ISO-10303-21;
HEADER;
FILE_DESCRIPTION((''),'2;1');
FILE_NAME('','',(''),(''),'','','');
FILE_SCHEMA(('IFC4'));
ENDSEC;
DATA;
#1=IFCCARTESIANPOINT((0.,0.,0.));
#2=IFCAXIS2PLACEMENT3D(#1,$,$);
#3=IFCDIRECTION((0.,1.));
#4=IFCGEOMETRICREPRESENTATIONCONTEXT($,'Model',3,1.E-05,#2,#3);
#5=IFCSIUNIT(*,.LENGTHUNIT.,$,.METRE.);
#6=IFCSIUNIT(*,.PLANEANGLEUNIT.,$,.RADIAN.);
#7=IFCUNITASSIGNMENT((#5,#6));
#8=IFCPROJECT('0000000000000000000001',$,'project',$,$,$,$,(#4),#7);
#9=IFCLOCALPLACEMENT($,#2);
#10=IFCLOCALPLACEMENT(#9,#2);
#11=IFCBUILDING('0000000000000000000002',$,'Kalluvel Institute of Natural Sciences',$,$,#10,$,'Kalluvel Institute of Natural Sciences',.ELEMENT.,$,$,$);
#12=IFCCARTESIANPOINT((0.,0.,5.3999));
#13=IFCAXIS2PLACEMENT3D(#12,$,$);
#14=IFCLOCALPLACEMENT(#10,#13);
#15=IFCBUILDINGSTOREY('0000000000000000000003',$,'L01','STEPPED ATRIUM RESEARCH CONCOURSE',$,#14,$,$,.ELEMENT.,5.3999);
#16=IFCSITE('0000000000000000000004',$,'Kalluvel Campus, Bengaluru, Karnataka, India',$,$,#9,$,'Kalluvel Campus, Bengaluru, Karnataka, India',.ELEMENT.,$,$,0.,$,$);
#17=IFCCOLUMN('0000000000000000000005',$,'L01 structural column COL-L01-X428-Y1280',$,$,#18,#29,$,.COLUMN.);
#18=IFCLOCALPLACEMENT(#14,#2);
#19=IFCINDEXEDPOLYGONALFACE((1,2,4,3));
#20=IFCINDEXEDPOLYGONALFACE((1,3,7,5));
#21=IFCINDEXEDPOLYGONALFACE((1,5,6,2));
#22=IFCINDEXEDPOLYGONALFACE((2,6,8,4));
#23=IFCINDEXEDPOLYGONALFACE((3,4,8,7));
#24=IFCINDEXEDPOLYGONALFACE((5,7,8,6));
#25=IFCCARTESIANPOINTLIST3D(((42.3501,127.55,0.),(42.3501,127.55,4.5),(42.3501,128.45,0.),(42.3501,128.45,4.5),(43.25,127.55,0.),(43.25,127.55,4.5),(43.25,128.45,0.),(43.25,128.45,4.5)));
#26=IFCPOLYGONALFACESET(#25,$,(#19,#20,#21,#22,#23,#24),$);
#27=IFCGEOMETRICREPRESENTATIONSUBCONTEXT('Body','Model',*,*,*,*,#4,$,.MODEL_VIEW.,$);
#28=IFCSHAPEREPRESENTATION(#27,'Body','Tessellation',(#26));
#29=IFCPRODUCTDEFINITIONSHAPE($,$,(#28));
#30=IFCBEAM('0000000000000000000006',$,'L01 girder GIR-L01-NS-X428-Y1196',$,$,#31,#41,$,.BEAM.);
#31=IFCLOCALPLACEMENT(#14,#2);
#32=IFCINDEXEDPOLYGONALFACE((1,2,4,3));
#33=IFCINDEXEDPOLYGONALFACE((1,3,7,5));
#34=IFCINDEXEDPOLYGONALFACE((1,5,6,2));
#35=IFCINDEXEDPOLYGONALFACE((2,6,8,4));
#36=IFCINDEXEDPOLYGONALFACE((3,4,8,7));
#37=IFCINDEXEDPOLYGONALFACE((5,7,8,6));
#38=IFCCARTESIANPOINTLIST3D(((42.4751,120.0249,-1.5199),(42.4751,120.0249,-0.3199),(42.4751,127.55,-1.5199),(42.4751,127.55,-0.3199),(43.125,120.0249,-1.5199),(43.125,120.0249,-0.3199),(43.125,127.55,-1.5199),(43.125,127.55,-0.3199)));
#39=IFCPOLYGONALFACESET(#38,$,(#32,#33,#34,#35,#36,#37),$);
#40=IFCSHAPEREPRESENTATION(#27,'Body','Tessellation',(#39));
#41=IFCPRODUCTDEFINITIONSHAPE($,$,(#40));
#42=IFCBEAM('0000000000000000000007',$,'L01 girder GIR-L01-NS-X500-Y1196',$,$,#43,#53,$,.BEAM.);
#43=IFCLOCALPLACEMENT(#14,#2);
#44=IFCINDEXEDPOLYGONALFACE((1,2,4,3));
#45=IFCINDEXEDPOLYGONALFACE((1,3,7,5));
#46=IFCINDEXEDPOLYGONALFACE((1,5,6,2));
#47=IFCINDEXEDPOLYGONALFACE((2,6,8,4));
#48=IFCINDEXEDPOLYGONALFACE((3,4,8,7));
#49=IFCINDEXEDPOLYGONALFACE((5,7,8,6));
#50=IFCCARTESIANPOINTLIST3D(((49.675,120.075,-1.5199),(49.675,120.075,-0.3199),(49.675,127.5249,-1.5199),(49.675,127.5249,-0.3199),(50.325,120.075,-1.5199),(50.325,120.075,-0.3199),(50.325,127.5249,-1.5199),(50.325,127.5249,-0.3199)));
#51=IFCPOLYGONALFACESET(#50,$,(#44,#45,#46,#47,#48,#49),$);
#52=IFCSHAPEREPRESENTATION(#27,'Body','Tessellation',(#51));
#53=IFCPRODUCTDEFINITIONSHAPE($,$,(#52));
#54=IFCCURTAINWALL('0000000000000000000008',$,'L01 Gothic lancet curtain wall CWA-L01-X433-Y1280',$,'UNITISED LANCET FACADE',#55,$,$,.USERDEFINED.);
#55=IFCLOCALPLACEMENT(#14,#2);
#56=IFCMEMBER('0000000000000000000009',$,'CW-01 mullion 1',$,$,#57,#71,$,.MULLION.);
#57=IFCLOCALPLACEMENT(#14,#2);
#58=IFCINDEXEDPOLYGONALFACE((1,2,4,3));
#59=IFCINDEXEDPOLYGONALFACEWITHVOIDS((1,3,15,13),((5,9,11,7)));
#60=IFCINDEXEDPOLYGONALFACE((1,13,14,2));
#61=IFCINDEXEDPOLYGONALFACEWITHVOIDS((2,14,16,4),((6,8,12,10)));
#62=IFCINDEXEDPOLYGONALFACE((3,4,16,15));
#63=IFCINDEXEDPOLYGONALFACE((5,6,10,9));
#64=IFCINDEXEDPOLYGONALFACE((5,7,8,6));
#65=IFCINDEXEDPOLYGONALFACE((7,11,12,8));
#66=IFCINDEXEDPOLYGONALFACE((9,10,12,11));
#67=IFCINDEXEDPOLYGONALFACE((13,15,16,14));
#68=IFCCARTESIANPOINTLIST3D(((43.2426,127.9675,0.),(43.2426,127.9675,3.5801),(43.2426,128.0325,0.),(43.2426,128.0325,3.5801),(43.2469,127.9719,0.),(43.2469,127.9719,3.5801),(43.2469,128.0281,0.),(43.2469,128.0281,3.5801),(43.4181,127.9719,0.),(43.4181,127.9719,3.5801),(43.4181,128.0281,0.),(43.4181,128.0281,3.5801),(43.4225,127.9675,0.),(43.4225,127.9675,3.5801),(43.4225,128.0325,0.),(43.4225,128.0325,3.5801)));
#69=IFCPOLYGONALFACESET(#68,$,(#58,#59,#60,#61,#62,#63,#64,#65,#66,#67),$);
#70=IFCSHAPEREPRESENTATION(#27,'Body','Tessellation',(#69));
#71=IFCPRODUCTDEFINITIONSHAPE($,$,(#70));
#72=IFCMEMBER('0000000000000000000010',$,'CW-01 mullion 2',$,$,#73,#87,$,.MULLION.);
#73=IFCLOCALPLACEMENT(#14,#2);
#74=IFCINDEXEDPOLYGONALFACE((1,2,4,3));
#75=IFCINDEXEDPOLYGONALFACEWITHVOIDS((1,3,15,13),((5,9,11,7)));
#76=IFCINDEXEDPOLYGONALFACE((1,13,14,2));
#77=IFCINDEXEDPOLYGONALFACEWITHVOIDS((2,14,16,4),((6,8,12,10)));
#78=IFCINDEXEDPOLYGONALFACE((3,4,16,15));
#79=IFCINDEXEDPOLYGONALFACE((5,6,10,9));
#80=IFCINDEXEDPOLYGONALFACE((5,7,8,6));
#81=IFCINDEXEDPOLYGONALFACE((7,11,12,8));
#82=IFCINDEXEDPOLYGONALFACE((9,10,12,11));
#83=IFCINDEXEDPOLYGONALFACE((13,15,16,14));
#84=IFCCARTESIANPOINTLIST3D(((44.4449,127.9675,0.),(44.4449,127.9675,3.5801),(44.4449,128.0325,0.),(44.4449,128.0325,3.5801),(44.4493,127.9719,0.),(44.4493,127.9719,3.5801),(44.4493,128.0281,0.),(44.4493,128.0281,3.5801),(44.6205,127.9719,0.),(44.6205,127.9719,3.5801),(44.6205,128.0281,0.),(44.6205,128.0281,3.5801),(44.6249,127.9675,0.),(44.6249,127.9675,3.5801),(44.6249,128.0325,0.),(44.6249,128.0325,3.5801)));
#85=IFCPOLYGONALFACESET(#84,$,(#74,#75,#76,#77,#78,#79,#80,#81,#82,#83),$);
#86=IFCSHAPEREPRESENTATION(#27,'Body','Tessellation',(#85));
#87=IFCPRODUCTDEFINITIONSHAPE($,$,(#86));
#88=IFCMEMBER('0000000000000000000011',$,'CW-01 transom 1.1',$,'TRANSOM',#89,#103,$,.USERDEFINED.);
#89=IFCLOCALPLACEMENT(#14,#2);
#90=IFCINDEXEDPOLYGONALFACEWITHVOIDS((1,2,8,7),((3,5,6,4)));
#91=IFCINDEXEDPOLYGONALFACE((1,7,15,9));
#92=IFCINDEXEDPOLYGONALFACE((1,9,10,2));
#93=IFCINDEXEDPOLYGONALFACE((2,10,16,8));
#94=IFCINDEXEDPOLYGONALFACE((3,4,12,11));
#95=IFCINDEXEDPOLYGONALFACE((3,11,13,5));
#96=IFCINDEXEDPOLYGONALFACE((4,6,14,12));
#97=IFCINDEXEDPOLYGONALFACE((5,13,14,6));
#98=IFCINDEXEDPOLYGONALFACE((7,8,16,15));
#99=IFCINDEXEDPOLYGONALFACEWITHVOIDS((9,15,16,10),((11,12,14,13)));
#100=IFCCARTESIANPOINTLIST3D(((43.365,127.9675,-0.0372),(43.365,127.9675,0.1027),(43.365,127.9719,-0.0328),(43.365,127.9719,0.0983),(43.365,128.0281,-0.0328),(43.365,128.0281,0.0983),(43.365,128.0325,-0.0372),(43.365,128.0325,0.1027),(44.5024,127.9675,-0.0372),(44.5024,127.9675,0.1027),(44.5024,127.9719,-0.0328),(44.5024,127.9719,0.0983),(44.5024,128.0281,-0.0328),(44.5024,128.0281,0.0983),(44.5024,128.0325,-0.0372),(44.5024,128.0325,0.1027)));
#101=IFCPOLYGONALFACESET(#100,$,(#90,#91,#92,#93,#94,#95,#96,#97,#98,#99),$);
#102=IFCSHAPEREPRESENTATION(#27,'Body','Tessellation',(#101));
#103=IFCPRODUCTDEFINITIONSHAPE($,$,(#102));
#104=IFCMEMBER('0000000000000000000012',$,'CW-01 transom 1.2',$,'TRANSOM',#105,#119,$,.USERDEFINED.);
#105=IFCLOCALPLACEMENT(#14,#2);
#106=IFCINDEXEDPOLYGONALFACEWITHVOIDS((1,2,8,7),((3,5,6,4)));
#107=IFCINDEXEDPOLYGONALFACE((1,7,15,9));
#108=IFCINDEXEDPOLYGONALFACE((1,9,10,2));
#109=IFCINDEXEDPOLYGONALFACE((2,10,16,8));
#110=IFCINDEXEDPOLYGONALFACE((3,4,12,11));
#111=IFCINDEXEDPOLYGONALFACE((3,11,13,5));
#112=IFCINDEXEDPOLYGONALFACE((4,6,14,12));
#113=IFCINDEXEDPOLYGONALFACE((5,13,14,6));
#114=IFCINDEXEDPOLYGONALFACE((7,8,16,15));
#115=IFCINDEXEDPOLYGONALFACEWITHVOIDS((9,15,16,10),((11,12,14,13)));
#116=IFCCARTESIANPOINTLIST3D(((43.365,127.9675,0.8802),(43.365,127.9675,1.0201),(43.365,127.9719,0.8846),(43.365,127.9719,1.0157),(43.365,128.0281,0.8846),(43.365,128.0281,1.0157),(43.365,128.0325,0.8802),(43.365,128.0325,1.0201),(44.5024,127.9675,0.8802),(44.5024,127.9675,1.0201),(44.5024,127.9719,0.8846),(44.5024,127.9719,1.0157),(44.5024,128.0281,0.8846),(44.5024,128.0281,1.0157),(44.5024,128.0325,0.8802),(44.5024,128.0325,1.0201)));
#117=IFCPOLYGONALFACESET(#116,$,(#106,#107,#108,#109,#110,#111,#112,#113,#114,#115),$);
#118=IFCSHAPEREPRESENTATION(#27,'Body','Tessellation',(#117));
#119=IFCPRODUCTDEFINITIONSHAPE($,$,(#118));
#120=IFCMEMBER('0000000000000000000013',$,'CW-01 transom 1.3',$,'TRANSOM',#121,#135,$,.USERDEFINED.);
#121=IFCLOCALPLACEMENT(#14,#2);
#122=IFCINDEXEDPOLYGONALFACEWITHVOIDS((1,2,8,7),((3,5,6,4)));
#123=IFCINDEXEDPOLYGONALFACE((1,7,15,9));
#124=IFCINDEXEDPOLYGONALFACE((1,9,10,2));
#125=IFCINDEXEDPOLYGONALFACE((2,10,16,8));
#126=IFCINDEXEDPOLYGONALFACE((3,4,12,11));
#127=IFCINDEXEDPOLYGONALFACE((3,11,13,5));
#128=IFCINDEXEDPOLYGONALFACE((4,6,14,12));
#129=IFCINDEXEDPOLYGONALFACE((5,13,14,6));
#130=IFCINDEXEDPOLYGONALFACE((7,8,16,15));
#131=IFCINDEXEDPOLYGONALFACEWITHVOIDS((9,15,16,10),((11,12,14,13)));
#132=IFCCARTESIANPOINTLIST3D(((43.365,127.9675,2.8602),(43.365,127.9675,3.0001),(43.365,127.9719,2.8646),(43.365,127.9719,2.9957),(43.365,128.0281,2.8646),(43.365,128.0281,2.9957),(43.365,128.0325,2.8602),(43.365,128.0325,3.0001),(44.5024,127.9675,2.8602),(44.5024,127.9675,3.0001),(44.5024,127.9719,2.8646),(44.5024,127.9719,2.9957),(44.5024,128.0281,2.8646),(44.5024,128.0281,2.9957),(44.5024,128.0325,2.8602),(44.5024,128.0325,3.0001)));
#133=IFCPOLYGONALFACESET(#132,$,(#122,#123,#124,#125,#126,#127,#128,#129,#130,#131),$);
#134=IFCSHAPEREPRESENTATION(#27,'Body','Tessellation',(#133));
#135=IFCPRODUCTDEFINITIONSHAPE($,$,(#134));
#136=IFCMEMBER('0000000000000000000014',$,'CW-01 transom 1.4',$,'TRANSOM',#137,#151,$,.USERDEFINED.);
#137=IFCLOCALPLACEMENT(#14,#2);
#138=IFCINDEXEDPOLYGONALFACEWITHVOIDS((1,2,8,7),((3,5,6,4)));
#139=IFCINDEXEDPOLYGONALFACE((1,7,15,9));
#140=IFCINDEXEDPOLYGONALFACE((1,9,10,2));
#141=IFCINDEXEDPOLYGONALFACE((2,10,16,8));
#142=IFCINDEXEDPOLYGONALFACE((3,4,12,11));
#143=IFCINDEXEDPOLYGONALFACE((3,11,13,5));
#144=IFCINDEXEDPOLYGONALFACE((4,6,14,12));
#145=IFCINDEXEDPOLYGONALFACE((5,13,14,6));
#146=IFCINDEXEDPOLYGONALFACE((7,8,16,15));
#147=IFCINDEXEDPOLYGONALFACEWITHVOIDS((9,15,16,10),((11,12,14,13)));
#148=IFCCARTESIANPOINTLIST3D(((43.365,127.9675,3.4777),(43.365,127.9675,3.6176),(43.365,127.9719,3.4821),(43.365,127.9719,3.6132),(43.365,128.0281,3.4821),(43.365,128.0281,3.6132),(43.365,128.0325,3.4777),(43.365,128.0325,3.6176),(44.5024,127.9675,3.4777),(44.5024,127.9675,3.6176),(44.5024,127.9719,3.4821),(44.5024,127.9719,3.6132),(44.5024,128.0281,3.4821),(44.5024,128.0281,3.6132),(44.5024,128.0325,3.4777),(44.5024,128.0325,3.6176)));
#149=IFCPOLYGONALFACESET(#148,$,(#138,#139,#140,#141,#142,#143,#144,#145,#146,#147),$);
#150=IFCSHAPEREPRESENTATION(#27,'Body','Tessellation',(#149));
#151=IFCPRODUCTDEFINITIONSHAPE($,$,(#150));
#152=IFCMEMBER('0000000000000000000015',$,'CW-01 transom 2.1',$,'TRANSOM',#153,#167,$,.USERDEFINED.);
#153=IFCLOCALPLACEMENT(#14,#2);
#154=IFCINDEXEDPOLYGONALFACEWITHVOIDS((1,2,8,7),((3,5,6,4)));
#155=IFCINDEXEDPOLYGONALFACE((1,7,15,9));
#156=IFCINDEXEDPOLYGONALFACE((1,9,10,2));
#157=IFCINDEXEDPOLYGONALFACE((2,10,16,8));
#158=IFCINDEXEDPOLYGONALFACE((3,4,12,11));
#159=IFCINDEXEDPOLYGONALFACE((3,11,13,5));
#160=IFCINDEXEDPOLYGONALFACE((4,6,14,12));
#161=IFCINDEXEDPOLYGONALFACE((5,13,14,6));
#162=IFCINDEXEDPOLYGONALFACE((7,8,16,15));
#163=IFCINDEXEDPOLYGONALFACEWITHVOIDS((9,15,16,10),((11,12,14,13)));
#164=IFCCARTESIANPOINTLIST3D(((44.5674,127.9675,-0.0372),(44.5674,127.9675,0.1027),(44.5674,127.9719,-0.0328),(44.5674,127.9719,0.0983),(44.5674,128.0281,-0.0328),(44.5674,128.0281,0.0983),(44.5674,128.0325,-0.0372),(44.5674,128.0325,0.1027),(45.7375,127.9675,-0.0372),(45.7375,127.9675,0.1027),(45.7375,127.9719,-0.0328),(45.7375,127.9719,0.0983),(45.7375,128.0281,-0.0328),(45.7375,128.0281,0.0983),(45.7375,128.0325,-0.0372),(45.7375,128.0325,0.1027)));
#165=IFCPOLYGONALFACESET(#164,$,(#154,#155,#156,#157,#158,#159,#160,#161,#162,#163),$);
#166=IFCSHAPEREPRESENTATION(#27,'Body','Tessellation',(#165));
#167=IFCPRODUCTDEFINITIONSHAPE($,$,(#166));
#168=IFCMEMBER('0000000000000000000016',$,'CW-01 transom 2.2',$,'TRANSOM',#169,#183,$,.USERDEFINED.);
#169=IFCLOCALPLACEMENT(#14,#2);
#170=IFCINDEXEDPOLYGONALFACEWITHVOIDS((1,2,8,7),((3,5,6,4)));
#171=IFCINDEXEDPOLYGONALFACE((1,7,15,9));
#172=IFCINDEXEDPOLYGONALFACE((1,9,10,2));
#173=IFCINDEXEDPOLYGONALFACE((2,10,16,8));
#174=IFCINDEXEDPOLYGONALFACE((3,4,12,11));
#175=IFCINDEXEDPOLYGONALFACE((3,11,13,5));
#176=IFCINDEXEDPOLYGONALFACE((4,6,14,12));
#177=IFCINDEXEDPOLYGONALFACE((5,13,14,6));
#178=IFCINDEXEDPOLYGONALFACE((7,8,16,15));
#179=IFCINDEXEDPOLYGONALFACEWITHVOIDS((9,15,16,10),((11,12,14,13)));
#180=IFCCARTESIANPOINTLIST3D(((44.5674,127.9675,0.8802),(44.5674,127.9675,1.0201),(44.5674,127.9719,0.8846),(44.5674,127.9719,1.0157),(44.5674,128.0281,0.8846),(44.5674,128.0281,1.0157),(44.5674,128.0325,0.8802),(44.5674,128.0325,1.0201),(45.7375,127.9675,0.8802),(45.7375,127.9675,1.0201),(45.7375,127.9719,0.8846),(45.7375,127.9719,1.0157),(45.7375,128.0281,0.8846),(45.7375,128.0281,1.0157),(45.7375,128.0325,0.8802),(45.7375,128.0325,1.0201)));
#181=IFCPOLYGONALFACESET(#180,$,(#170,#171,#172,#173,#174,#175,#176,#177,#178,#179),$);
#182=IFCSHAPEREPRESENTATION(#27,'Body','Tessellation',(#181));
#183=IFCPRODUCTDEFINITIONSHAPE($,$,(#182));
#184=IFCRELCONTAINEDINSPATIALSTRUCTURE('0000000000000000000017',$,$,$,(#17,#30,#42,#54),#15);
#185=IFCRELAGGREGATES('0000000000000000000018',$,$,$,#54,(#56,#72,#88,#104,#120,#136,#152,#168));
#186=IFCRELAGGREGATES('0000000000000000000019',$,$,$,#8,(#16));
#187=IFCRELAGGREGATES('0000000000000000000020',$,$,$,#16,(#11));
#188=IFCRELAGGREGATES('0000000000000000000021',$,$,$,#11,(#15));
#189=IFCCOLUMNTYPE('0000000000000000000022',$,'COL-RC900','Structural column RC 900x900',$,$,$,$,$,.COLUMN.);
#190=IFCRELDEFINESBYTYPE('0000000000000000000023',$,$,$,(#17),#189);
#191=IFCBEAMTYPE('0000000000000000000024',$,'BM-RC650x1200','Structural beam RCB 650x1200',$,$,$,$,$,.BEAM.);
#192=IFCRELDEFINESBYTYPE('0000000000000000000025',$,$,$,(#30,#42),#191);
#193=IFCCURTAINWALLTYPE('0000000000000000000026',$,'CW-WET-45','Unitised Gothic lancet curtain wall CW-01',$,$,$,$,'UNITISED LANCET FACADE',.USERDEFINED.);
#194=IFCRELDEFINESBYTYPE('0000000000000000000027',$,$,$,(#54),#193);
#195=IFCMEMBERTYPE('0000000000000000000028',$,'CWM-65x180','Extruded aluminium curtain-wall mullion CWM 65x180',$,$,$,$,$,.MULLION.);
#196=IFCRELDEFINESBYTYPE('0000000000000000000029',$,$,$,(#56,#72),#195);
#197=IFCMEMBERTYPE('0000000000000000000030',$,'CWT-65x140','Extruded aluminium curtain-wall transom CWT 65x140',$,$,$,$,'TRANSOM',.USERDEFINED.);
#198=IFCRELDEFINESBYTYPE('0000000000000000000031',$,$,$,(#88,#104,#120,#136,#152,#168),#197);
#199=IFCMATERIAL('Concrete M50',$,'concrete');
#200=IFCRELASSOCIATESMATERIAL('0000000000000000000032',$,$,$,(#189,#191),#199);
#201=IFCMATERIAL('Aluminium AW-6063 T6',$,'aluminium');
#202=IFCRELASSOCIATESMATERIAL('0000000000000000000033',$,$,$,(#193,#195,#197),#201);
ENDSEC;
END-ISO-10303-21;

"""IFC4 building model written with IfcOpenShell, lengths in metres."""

from ifc_helpers import new_model, si_unit, direction, frame, origin, origin_2d, place, context, subcontext, project, spatial, rectangle, hollow_rectangle, extrude, material, material_profile, profile_set, type_object, element, aggregate, save


model = new_model("IFC4")

# Units and contexts
model_context = context("Model", 3, precision=1e-05, world=origin(), true_north=direction((0.0, 1.0)))
body_context = subcontext(model_context, "Body", "Model", "MODEL_VIEW")
ifc_project = project(units=[si_unit("LENGTHUNIT", "METRE"), si_unit("PLANEANGLEUNIT", "RADIAN")], contexts=[model_context])

# Site, building, storey
site_placement = place(None, origin())
site = spatial("IfcSite", under=ifc_project, at=site_placement, Name="Kalluvel Campus, Bengaluru, Karnataka, India", LongName="Kalluvel Campus, Bengaluru, Karnataka, India", CompositionType="ELEMENT", RefElevation=0.0)
building_placement = place(site_placement, origin())
building = spatial("IfcBuilding", under=site, at=building_placement, Name="Kalluvel Institute of Natural Sciences", LongName="Kalluvel Institute of Natural Sciences", CompositionType="ELEMENT")
storey_placement = place(building_placement, frame((0.0, 0.0, 5.3999)))
storey = spatial("IfcBuildingStorey", under=building, at=storey_placement, Name="L01", Description="STEPPED ATRIUM RESEARCH CONCOURSE", CompositionType="ELEMENT", Elevation=5.3999)

# Column
ifc_material_1 = material(Name="Concrete M50", Category="concrete")
ifc_material_profile_1 = material_profile(ifc_material_1, rectangle(XDim=0.8999, YDim=0.8999, at=origin_2d()), Name="RC 900x900")
ifc_profile_set_1 = profile_set([ifc_material_profile_1], Name="Concrete M50")
column_type = type_object("IfcColumnType", Name="COL-RC900", Description="Structural column RC 900x900", PredefinedType="COLUMN", material=ifc_profile_set_1)
column_placement = place(storey_placement, frame((42.8, 128.0, 0.0), z_axis=(0.0, 0.0, 1.0), x_axis=(1.0, 0.0, 0.0)))
element("IfcColumn", 1, at=column_placement, inside=storey, type_object=column_type, Name="L01 structural column COL-L01-X428-Y1280", PredefinedType="COLUMN", context=body_context, shape_type="SweptSolid", body=[
    extrude(rectangle(XDim=0.8999, YDim=0.8999, at=origin_2d()), origin(), (0.0, 0.0, 1.0), 4.5),
])

# Beams
ifc_material_profile_2 = material_profile(ifc_material_1, rectangle(XDim=0.6499, YDim=1.2, at=origin_2d()), Name="RCB 650x1200")
ifc_profile_set_2 = profile_set([ifc_material_profile_2], Name="Concrete M50")
beam_type_1 = type_object("IfcBeamType", Name="BM-RC650x1200", Description="Structural beam RCB 650x1200", PredefinedType="BEAM", material=ifc_profile_set_2)
beam_1_placement = place(storey_placement, frame((42.8, 120.0249, -0.9199), z_axis=(0.0, 1.0, 0.0), x_axis=(-1.0, 0.0, 0.0)))
element("IfcBeam", 2, at=beam_1_placement, inside=storey, type_object=beam_type_1, Name="L01 girder GIR-L01-NS-X428-Y1196", PredefinedType="BEAM", context=body_context, shape_type="SweptSolid", body=[
    extrude(rectangle(XDim=0.6499, YDim=1.2, at=origin_2d()), origin(), (0.0, 0.0, 1.0), 7.5251),
])
beam_2_placement = place(storey_placement, frame((50.0, 120.075, -0.9199), z_axis=(0.0, 1.0, 0.0), x_axis=(-1.0, 0.0, 0.0)))
element("IfcBeam", 3, at=beam_2_placement, inside=storey, type_object=beam_type_1, Name="L01 girder GIR-L01-NS-X500-Y1196", PredefinedType="BEAM", context=body_context, shape_type="SweptSolid", body=[
    extrude(rectangle(XDim=0.6499, YDim=1.2, at=origin_2d()), origin(), (0.0, 0.0, 1.0), 7.45),
])

# Curtain wall, members
ifc_material_2 = material(Name="Aluminium AW-6063 T6", Category="aluminium")
curtain_wall_type = type_object("IfcCurtainWallType", Name="CW-WET-45", Description="Unitised Gothic lancet curtain wall CW-01", ElementType="UNITISED LANCET FACADE", PredefinedType="USERDEFINED", material=ifc_material_2)
curtain_wall_placement = place(storey_placement, origin())
curtain_wall = element("IfcCurtainWall", 4, at=curtain_wall_placement, inside=storey, type_object=curtain_wall_type, Name="L01 Gothic lancet curtain wall CWA-L01-X433-Y1280", ObjectType="UNITISED LANCET FACADE", PredefinedType="USERDEFINED")
ifc_material_profile_3 = material_profile(ifc_material_2, hollow_rectangle(XDim=0.0649, YDim=0.1799, WallThickness=0.0044, at=origin_2d()), Name="CWM 65x180")
ifc_profile_set_3 = profile_set([ifc_material_profile_3], Name="Aluminium AW-6063 T6")
member_type_1 = type_object("IfcMemberType", Name="CWM-65x180", Description="Extruded aluminium curtain-wall mullion CWM 65x180", PredefinedType="MULLION", material=ifc_profile_set_3)
member_1_placement = place(storey_placement, frame((43.3325, 128.0, 0.0), z_axis=(0.0, 0.0, 1.0), x_axis=(0.0, 1.0, 0.0)))
member_1 = element("IfcMember", 5, at=member_1_placement, type_object=member_type_1, Name="CW-01 mullion 1", PredefinedType="MULLION", context=body_context, shape_type="SweptSolid", body=[
    extrude(hollow_rectangle(XDim=0.0649, YDim=0.1799, WallThickness=0.0044, at=origin_2d()), origin(), (0.0, 0.0, 1.0), 3.5801),
])
member_2_placement = place(storey_placement, frame((44.5349, 128.0, 0.0), z_axis=(0.0, 0.0, 1.0), x_axis=(0.0, 1.0, 0.0)))
member_2 = element("IfcMember", 6, at=member_2_placement, type_object=member_type_1, Name="CW-01 mullion 2", PredefinedType="MULLION", context=body_context, shape_type="SweptSolid", body=[
    extrude(hollow_rectangle(XDim=0.0649, YDim=0.1799, WallThickness=0.0044, at=origin_2d()), origin(), (0.0, 0.0, 1.0), 3.5801),
])
ifc_material_profile_4 = material_profile(ifc_material_2, hollow_rectangle(XDim=0.0649, YDim=0.1399, WallThickness=0.0044, at=origin_2d()), Name="CWT 65x140")
ifc_profile_set_4 = profile_set([ifc_material_profile_4], Name="Aluminium AW-6063 T6")
member_type_2 = type_object("IfcMemberType", Name="CWT-65x140", Description="Extruded aluminium curtain-wall transom CWT 65x140", ElementType="TRANSOM", PredefinedType="USERDEFINED", material=ifc_profile_set_4)
member_3_placement = place(storey_placement, frame((43.365, 128.0, 0.0327), z_axis=(1.0, 0.0, 0.0), x_axis=(0.0, 1.0, 0.0)))
member_3 = element("IfcMember", 7, at=member_3_placement, type_object=member_type_2, Name="CW-01 transom 1.1", ObjectType="TRANSOM", PredefinedType="USERDEFINED", context=body_context, shape_type="SweptSolid", body=[
    extrude(hollow_rectangle(XDim=0.0649, YDim=0.1399, WallThickness=0.0044, at=origin_2d()), origin(), (0.0, 0.0, 1.0), 1.1375),
])
member_4_placement = place(storey_placement, frame((43.365, 128.0, 0.9502), z_axis=(1.0, 0.0, 0.0), x_axis=(0.0, 1.0, 0.0)))
member_4 = element("IfcMember", 8, at=member_4_placement, type_object=member_type_2, Name="CW-01 transom 1.2", ObjectType="TRANSOM", PredefinedType="USERDEFINED", context=body_context, shape_type="SweptSolid", body=[
    extrude(hollow_rectangle(XDim=0.0649, YDim=0.1399, WallThickness=0.0044, at=origin_2d()), origin(), (0.0, 0.0, 1.0), 1.1375),
])
member_5_placement = place(storey_placement, frame((43.365, 128.0, 2.9302), z_axis=(1.0, 0.0, 0.0), x_axis=(0.0, 1.0, 0.0)))
member_5 = element("IfcMember", 9, at=member_5_placement, type_object=member_type_2, Name="CW-01 transom 1.3", ObjectType="TRANSOM", PredefinedType="USERDEFINED", context=body_context, shape_type="SweptSolid", body=[
    extrude(hollow_rectangle(XDim=0.0649, YDim=0.1399, WallThickness=0.0044, at=origin_2d()), origin(), (0.0, 0.0, 1.0), 1.1375),
])
member_6_placement = place(storey_placement, frame((43.365, 128.0, 3.5476), z_axis=(1.0, 0.0, 0.0), x_axis=(0.0, 1.0, 0.0)))
member_6 = element("IfcMember", 10, at=member_6_placement, type_object=member_type_2, Name="CW-01 transom 1.4", ObjectType="TRANSOM", PredefinedType="USERDEFINED", context=body_context, shape_type="SweptSolid", body=[
    extrude(hollow_rectangle(XDim=0.0649, YDim=0.1399, WallThickness=0.0044, at=origin_2d()), origin(), (0.0, 0.0, 1.0), 1.1375),
])
member_7_placement = place(storey_placement, frame((44.5674, 128.0, 0.0327), z_axis=(1.0, 0.0, 0.0), x_axis=(0.0, 1.0, 0.0)))
member_7 = element("IfcMember", 11, at=member_7_placement, type_object=member_type_2, Name="CW-01 transom 2.1", ObjectType="TRANSOM", PredefinedType="USERDEFINED", context=body_context, shape_type="SweptSolid", body=[
    extrude(hollow_rectangle(XDim=0.0649, YDim=0.1399, WallThickness=0.0044, at=origin_2d()), origin(), (0.0, 0.0, 1.0), 1.1702),
])
member_8_placement = place(storey_placement, frame((44.5674, 128.0, 0.9502), z_axis=(1.0, 0.0, 0.0), x_axis=(0.0, 1.0, 0.0)))
member_8 = element("IfcMember", 12, at=member_8_placement, type_object=member_type_2, Name="CW-01 transom 2.2", ObjectType="TRANSOM", PredefinedType="USERDEFINED", context=body_context, shape_type="SweptSolid", body=[
    extrude(hollow_rectangle(XDim=0.0649, YDim=0.1399, WallThickness=0.0044, at=origin_2d()), origin(), (0.0, 0.0, 1.0), 1.1702),
])

aggregate(curtain_wall, [member_1, member_2, member_3, member_4, member_5, member_6, member_7, member_8])

save(model, "model.ifc")
